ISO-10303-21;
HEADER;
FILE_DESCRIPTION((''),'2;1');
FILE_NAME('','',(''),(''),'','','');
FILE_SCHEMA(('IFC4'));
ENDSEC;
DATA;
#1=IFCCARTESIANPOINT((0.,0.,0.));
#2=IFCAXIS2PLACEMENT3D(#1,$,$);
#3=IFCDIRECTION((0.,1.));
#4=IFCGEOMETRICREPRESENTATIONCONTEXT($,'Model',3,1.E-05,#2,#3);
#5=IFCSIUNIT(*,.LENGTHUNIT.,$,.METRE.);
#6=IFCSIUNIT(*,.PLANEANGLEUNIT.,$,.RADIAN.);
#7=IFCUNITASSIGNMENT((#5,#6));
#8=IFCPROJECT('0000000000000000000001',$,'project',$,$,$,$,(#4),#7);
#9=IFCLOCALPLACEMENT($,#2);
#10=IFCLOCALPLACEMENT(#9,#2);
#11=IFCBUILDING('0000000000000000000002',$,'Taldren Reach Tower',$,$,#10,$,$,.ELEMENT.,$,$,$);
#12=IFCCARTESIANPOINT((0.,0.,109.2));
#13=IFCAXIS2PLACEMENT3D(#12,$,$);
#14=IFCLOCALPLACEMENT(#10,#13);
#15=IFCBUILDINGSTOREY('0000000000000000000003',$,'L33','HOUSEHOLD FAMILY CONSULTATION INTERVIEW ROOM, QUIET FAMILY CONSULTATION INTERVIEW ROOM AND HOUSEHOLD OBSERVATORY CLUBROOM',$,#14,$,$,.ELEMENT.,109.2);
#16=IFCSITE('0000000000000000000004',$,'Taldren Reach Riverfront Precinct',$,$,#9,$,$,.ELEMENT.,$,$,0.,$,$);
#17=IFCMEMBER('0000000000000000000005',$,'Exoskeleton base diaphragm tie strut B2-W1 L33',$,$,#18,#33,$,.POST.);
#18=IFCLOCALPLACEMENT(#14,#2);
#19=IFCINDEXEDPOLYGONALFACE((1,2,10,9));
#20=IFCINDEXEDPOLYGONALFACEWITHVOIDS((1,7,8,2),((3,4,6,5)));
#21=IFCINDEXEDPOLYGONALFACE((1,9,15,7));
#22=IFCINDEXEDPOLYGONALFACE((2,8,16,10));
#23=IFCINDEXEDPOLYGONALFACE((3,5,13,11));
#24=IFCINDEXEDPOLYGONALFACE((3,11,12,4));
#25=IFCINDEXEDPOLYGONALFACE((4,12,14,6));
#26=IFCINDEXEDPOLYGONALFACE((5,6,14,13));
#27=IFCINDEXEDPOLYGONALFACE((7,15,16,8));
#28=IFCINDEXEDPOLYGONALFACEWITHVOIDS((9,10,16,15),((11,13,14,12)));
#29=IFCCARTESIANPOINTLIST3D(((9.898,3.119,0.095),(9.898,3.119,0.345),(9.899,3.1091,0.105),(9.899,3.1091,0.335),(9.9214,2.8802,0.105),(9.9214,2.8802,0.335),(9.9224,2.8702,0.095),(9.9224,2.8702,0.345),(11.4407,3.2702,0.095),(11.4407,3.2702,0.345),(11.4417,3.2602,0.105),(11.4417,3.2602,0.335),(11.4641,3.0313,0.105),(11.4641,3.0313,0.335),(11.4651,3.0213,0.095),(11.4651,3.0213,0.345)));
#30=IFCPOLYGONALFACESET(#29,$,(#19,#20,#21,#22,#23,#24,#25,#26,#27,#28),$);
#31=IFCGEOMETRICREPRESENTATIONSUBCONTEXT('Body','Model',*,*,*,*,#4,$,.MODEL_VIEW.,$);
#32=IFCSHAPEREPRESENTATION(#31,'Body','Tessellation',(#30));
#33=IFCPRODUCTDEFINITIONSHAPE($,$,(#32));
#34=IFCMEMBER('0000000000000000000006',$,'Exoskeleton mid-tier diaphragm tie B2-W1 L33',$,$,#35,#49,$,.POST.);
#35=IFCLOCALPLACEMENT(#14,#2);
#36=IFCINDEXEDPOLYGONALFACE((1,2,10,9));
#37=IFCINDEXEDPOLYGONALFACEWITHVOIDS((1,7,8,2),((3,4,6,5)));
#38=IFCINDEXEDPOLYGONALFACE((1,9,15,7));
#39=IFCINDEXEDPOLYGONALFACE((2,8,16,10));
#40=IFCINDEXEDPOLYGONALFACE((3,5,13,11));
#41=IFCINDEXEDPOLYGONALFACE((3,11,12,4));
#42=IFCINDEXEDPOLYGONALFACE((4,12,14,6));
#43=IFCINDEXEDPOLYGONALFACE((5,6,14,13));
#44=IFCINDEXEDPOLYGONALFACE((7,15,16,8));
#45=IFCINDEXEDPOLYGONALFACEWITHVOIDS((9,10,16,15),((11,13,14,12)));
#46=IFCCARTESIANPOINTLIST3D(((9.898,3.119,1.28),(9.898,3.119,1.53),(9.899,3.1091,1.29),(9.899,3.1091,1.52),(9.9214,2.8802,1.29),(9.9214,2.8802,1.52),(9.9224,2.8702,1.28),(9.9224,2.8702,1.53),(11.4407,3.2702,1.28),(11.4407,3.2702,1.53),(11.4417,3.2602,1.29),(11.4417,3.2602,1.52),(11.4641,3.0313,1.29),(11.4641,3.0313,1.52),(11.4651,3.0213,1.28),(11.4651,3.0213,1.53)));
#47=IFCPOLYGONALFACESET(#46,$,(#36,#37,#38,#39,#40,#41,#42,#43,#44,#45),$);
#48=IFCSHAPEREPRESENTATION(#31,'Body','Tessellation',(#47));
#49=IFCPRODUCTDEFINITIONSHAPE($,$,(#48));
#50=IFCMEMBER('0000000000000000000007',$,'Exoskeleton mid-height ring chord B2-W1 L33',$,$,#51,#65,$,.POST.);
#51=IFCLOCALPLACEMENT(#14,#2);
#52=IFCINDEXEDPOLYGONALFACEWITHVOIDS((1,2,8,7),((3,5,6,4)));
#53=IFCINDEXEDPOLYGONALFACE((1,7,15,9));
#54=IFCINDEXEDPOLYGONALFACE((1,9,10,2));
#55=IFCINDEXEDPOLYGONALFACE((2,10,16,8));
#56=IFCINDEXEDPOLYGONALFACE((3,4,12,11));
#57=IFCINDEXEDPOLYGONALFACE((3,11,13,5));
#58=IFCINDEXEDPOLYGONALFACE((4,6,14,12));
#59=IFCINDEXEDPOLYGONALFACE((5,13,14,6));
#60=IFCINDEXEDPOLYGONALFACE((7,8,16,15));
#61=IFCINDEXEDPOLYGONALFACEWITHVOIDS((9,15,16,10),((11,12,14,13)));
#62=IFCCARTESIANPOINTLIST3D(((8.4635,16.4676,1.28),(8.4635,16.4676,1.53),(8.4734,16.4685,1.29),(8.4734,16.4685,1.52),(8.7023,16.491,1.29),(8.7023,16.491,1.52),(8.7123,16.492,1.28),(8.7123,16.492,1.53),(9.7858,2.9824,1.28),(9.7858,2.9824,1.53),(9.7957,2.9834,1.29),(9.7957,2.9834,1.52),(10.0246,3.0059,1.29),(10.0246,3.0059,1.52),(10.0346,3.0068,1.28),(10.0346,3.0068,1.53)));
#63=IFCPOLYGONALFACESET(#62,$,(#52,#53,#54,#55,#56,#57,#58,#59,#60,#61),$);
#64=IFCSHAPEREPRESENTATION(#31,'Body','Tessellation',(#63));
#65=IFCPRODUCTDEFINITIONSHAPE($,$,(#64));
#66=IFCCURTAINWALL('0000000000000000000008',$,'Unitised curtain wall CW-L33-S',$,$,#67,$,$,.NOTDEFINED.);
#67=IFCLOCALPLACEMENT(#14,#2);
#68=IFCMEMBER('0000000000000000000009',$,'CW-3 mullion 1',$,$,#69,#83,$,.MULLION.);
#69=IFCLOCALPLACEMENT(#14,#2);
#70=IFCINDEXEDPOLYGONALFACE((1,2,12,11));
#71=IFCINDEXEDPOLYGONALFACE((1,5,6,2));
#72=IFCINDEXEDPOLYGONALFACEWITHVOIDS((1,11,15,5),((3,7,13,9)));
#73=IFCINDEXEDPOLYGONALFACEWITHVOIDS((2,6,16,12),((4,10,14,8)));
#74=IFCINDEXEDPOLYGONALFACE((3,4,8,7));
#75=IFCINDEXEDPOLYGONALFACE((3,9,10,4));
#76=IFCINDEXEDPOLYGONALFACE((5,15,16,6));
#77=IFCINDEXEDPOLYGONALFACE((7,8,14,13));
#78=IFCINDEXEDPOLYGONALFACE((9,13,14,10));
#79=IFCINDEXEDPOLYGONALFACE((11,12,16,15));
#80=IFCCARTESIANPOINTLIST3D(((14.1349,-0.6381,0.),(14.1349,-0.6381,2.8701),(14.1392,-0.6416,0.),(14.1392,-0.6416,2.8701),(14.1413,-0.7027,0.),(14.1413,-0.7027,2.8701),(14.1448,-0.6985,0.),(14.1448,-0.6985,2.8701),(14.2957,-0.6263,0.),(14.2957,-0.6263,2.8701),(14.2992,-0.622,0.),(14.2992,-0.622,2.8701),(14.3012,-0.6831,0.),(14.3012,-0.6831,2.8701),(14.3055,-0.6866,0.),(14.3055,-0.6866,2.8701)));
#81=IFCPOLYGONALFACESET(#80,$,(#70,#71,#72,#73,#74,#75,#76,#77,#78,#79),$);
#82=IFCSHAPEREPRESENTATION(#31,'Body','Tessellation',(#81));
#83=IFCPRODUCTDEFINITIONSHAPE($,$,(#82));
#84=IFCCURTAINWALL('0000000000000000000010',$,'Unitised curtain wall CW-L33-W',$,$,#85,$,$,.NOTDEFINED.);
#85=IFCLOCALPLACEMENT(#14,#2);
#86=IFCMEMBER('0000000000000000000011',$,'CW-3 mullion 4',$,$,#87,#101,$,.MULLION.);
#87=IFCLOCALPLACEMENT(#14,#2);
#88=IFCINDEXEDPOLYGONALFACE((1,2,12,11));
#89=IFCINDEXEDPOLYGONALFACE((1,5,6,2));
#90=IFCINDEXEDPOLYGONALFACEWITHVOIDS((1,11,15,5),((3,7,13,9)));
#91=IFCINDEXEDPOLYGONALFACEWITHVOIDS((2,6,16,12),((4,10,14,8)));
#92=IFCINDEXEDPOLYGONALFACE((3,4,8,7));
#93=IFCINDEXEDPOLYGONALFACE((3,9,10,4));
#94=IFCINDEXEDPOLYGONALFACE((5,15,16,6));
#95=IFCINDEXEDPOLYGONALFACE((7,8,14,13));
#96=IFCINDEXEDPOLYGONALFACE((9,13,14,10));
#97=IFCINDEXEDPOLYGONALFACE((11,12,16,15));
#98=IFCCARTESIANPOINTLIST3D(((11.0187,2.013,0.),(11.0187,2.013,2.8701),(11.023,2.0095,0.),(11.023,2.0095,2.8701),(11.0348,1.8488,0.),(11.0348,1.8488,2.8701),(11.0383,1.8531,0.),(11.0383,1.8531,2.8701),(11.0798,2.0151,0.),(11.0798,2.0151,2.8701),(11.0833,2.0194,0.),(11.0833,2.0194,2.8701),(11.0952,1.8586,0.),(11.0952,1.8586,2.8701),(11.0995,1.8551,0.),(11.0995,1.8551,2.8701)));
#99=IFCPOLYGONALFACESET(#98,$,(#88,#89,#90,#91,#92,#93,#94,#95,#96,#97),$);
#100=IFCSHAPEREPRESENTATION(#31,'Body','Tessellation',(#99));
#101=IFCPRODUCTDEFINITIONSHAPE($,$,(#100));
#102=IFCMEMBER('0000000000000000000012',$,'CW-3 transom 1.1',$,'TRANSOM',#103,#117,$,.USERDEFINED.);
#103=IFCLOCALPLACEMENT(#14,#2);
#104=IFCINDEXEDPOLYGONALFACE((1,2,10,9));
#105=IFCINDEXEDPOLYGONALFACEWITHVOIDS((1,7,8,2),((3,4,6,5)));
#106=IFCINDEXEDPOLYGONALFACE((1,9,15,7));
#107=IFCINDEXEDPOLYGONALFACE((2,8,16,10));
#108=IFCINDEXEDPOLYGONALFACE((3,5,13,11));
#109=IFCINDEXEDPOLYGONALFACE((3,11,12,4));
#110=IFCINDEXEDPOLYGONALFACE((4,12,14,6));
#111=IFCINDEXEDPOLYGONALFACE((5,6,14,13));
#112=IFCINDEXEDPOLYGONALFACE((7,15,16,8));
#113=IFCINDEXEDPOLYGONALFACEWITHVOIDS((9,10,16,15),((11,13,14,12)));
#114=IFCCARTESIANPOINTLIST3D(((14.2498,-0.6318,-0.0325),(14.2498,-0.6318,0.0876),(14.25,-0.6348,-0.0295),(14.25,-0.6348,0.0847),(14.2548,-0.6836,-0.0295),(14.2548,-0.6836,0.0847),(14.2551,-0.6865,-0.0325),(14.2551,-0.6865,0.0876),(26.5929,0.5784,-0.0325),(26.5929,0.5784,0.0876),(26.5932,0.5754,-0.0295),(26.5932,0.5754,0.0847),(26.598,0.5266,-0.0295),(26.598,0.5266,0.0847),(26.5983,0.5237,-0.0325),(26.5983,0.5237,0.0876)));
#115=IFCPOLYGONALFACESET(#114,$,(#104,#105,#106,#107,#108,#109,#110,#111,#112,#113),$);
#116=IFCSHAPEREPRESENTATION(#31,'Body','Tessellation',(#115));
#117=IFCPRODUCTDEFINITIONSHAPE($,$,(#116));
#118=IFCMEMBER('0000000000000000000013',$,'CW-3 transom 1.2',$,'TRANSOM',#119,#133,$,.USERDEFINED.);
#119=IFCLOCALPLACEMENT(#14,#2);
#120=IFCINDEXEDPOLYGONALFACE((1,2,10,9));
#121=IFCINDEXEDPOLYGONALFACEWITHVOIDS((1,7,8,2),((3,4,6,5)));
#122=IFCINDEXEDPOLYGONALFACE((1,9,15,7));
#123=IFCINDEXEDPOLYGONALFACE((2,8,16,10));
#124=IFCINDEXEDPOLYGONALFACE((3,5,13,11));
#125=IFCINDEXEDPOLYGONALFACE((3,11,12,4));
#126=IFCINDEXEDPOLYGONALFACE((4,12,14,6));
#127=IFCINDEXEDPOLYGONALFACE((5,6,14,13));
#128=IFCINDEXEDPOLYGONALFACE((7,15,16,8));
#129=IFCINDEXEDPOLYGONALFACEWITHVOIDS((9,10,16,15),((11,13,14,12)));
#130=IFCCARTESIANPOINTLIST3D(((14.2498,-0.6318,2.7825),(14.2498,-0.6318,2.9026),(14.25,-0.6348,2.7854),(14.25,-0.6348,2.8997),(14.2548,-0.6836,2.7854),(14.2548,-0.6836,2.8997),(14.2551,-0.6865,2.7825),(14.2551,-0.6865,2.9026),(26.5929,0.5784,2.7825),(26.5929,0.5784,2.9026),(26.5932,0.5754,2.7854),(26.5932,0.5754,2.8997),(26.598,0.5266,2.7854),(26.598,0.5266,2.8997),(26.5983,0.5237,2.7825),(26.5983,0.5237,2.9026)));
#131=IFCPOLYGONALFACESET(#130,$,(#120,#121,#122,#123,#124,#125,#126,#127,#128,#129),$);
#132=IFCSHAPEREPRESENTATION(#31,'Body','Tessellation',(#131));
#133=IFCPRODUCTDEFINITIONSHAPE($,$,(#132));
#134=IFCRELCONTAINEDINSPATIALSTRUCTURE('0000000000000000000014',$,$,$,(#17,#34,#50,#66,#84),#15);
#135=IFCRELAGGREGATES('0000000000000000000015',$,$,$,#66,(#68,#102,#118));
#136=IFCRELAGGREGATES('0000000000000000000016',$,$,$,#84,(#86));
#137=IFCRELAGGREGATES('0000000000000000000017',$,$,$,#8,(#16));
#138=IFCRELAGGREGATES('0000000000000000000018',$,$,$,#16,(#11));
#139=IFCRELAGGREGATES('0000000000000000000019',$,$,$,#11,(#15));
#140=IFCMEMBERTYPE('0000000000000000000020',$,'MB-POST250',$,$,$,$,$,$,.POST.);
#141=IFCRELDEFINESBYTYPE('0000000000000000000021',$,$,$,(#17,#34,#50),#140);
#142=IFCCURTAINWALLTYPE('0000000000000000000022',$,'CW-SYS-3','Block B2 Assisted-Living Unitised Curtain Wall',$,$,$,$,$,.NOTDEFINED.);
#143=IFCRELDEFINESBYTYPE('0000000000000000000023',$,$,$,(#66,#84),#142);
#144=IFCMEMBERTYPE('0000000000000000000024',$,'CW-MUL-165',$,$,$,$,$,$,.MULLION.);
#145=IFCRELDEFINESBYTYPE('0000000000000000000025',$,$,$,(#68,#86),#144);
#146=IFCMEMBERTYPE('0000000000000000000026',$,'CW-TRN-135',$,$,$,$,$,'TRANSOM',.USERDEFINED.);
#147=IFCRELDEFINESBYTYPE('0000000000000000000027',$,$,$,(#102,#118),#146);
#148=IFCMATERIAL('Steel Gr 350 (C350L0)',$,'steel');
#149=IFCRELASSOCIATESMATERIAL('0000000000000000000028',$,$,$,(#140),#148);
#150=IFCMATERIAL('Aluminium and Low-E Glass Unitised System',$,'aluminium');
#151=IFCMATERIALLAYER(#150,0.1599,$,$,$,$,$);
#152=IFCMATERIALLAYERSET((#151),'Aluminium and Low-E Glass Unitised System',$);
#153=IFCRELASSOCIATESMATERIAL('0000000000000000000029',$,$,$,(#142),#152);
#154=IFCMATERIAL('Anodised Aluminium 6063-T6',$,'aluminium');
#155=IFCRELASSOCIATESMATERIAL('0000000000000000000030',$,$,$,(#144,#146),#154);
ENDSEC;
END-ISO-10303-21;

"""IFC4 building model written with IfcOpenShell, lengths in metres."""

from ifc_helpers import new_model, si_unit, direction, frame, origin, origin_2d, place, context, subcontext, project, spatial, hollow_rectangle, extrude, source, transform, mapped, material, layer, layer_set, material_profile, profile_set, type_object, element, aggregate, save


model = new_model("IFC4")

# Units and contexts
model_context = context("Model", 3, precision=1e-05, world=origin(), true_north=direction((0.0, 1.0)))
body_context = subcontext(model_context, "Body", "Model", "MODEL_VIEW")
ifc_project = project(units=[si_unit("LENGTHUNIT", "METRE"), si_unit("PLANEANGLEUNIT", "RADIAN")], contexts=[model_context])

# Site, building, storey
site_placement = place(None, origin())
site = spatial("IfcSite", under=ifc_project, at=site_placement, Name="Taldren Reach Riverfront Precinct", CompositionType="ELEMENT", RefElevation=0.0)
building_placement = place(site_placement, origin())
building = spatial("IfcBuilding", under=site, at=building_placement, Name="Taldren Reach Tower", CompositionType="ELEMENT")
storey_placement = place(building_placement, frame((0.0, 0.0, 109.2)))
storey = spatial("IfcBuildingStorey", under=building, at=storey_placement, Name="L33", Description="HOUSEHOLD FAMILY CONSULTATION INTERVIEW ROOM, QUIET FAMILY CONSULTATION INTERVIEW ROOM AND HOUSEHOLD OBSERVATORY CLUBROOM", CompositionType="ELEMENT", Elevation=109.2)

# Members
ifc_material_1 = material(Name="Steel Gr 350 (C350L0)", Category="steel")
ifc_material_profile_1 = material_profile(ifc_material_1, hollow_rectangle(XDim=0.25, YDim=0.25, WallThickness=0.01, at=origin_2d()), Name="250x250x10.0SHS")
ifc_profile_set_1 = profile_set([ifc_material_profile_1], Name="Steel Gr 350 (C350L0)")
member_type_1 = type_object("IfcMemberType", Name="MB-POST250", PredefinedType="POST", material=ifc_profile_set_1)
shared_shape_1 = source(origin(), body_context, "Body", "SweptSolid", [
    extrude(hollow_rectangle(XDim=0.25, YDim=0.25, WallThickness=0.01, at=origin_2d()), origin(), (0.0, 0.0, 1.0), 1.55),
])
for number, where, z_axis, x_axis, name in (
    (1, (11.4529, 3.1458, 0.22), (-0.995236, -0.097492, 0.0), (0.097492, -0.995236, 0.0), "Exoskeleton base diaphragm tie strut B2-W1 L33"),
    (2, (11.4529, 3.1458, 1.405), (-0.995236, -0.097492, 0.0), (0.097492, -0.995236, 0.0), "Exoskeleton mid-tier diaphragm tie B2-W1 L33"),
):
    element("IfcMember", number, at=place(storey_placement, frame(where, z_axis=z_axis, x_axis=x_axis)), inside=storey, type_object=member_type_1, Name=name, PredefinedType="POST", context=body_context, shape_type="MappedRepresentation", body=[
        mapped(shared_shape_1, transform((0.0, 0.0, 0.0), scale=1.0)),
    ])
shared_shape_2 = source(origin(), body_context, "Body", "SweptSolid", [
    extrude(hollow_rectangle(XDim=0.25, YDim=0.25, WallThickness=0.01, at=origin_2d()), origin(), (0.0, 0.0, 1.0), 13.5498),
])
member_1_placement = place(storey_placement, frame((9.9102, 2.9946, 1.405), z_axis=(-0.097586, 0.995227, 0.0), x_axis=(-0.995227, -0.097586, 0.0)))
element("IfcMember", 3, at=member_1_placement, inside=storey, type_object=member_type_1, Name="Exoskeleton mid-height ring chord B2-W1 L33", PredefinedType="POST", context=body_context, shape_type="MappedRepresentation", body=[
    mapped(shared_shape_2, transform((0.0, 0.0, 0.0), scale=1.0)),
])

# Curtain walls, members
ifc_material_2 = material(Name="Aluminium and Low-E Glass Unitised System", Category="aluminium")
ifc_layer_1 = layer(ifc_material_2, 0.1599)
ifc_layer_set_1 = layer_set([ifc_layer_1], Name="Aluminium and Low-E Glass Unitised System")
curtain_wall_type = type_object("IfcCurtainWallType", Name="CW-SYS-3", Description="Block B2 Assisted-Living Unitised Curtain Wall", PredefinedType="NOTDEFINED", material=ifc_layer_set_1)
curtain_wall_1_placement = place(storey_placement, origin())
curtain_wall_1 = element("IfcCurtainWall", 4, at=curtain_wall_1_placement, inside=storey, type_object=curtain_wall_type, Name="Unitised curtain wall CW-L33-S", PredefinedType="NOTDEFINED")
ifc_material_3 = material(Name="Anodised Aluminium 6063-T6", Category="aluminium")
ifc_material_profile_2 = material_profile(ifc_material_3, hollow_rectangle(XDim=0.0649, YDim=0.165, WallThickness=0.0039, at=origin_2d()), Name="ALU-165x65x4RHS")
ifc_profile_set_2 = profile_set([ifc_material_profile_2], Name="Anodised Aluminium 6063-T6")
member_type_2 = type_object("IfcMemberType", Name="CW-MUL-165", PredefinedType="MULLION", material=ifc_profile_set_2)
shared_shape_3 = source(origin(), body_context, "Body", "SweptSolid", [
    extrude(hollow_rectangle(XDim=0.0649, YDim=0.165, WallThickness=0.0039, at=origin_2d()), origin(), (0.0, 0.0, 1.0), 2.8701),
])
member_2_placement = place(storey_placement, frame((14.2202, -0.6624, 0.0), z_axis=(0.0, 0.0, 1.0), x_axis=(-0.097583, 0.995227, 0.0)))
member_2 = element("IfcMember", 5, at=member_2_placement, type_object=member_type_2, Name="CW-3 mullion 1", PredefinedType="MULLION", context=body_context, shape_type="MappedRepresentation", body=[
    mapped(shared_shape_3, transform((0.0, 0.0, 0.0), scale=1.0)),
])
curtain_wall_2_placement = place(storey_placement, origin())
curtain_wall_2 = element("IfcCurtainWall", 6, at=curtain_wall_2_placement, inside=storey, type_object=curtain_wall_type, Name="Unitised curtain wall CW-L33-W", PredefinedType="NOTDEFINED")
member_3_placement = place(storey_placement, frame((11.0591, 1.9341, 0.0), z_axis=(0.0, 0.0, 1.0), x_axis=(0.995227, 0.097583, 0.0)))
member_3 = element("IfcMember", 7, at=member_3_placement, type_object=member_type_2, Name="CW-3 mullion 4", PredefinedType="MULLION", context=body_context, shape_type="MappedRepresentation", body=[
    mapped(shared_shape_3, transform((0.0, 0.0, 0.0), scale=1.0)),
])

# Members
ifc_material_profile_3 = material_profile(ifc_material_3, hollow_rectangle(XDim=0.0549, YDim=0.1201, WallThickness=0.0029, at=origin_2d()), Name="ALU-120x55x3RHS")
ifc_profile_set_3 = profile_set([ifc_material_profile_3], Name="Anodised Aluminium 6063-T6")
member_type_3 = type_object("IfcMemberType", Name="CW-TRN-135", ElementType="TRANSOM", PredefinedType="USERDEFINED", material=ifc_profile_set_3)
shared_shape_4 = source(origin(), body_context, "Body", "SweptSolid", [
    extrude(hollow_rectangle(XDim=0.0549, YDim=0.1201, WallThickness=0.0029, at=origin_2d()), origin(), (0.0, 0.0, 1.0), 12.4023),
])
member_4_placement = place(storey_placement, frame((14.2524, -0.6592, 0.0276), z_axis=(0.995228, 0.097578, 0.0), x_axis=(-0.097578, 0.995228, 0.0)))
member_4 = element("IfcMember", 8, at=member_4_placement, type_object=member_type_3, Name="CW-3 transom 1.1", ObjectType="TRANSOM", PredefinedType="USERDEFINED", context=body_context, shape_type="MappedRepresentation", body=[
    mapped(shared_shape_4, transform((0.0, 0.0, 0.0), scale=1.0)),
])
member_5_placement = place(storey_placement, frame((14.2524, -0.6592, 2.8425), z_axis=(0.995228, 0.097578, 0.0), x_axis=(-0.097578, 0.995228, 0.0)))
member_5 = element("IfcMember", 9, at=member_5_placement, type_object=member_type_3, Name="CW-3 transom 1.2", ObjectType="TRANSOM", PredefinedType="USERDEFINED", context=body_context, shape_type="MappedRepresentation", body=[
    mapped(shared_shape_4, transform((0.0, 0.0, 0.0), scale=1.0)),
])
aggregate(curtain_wall_1, [member_2, member_4, member_5])

aggregate(curtain_wall_2, [member_3])

save(model, "model.ifc")
